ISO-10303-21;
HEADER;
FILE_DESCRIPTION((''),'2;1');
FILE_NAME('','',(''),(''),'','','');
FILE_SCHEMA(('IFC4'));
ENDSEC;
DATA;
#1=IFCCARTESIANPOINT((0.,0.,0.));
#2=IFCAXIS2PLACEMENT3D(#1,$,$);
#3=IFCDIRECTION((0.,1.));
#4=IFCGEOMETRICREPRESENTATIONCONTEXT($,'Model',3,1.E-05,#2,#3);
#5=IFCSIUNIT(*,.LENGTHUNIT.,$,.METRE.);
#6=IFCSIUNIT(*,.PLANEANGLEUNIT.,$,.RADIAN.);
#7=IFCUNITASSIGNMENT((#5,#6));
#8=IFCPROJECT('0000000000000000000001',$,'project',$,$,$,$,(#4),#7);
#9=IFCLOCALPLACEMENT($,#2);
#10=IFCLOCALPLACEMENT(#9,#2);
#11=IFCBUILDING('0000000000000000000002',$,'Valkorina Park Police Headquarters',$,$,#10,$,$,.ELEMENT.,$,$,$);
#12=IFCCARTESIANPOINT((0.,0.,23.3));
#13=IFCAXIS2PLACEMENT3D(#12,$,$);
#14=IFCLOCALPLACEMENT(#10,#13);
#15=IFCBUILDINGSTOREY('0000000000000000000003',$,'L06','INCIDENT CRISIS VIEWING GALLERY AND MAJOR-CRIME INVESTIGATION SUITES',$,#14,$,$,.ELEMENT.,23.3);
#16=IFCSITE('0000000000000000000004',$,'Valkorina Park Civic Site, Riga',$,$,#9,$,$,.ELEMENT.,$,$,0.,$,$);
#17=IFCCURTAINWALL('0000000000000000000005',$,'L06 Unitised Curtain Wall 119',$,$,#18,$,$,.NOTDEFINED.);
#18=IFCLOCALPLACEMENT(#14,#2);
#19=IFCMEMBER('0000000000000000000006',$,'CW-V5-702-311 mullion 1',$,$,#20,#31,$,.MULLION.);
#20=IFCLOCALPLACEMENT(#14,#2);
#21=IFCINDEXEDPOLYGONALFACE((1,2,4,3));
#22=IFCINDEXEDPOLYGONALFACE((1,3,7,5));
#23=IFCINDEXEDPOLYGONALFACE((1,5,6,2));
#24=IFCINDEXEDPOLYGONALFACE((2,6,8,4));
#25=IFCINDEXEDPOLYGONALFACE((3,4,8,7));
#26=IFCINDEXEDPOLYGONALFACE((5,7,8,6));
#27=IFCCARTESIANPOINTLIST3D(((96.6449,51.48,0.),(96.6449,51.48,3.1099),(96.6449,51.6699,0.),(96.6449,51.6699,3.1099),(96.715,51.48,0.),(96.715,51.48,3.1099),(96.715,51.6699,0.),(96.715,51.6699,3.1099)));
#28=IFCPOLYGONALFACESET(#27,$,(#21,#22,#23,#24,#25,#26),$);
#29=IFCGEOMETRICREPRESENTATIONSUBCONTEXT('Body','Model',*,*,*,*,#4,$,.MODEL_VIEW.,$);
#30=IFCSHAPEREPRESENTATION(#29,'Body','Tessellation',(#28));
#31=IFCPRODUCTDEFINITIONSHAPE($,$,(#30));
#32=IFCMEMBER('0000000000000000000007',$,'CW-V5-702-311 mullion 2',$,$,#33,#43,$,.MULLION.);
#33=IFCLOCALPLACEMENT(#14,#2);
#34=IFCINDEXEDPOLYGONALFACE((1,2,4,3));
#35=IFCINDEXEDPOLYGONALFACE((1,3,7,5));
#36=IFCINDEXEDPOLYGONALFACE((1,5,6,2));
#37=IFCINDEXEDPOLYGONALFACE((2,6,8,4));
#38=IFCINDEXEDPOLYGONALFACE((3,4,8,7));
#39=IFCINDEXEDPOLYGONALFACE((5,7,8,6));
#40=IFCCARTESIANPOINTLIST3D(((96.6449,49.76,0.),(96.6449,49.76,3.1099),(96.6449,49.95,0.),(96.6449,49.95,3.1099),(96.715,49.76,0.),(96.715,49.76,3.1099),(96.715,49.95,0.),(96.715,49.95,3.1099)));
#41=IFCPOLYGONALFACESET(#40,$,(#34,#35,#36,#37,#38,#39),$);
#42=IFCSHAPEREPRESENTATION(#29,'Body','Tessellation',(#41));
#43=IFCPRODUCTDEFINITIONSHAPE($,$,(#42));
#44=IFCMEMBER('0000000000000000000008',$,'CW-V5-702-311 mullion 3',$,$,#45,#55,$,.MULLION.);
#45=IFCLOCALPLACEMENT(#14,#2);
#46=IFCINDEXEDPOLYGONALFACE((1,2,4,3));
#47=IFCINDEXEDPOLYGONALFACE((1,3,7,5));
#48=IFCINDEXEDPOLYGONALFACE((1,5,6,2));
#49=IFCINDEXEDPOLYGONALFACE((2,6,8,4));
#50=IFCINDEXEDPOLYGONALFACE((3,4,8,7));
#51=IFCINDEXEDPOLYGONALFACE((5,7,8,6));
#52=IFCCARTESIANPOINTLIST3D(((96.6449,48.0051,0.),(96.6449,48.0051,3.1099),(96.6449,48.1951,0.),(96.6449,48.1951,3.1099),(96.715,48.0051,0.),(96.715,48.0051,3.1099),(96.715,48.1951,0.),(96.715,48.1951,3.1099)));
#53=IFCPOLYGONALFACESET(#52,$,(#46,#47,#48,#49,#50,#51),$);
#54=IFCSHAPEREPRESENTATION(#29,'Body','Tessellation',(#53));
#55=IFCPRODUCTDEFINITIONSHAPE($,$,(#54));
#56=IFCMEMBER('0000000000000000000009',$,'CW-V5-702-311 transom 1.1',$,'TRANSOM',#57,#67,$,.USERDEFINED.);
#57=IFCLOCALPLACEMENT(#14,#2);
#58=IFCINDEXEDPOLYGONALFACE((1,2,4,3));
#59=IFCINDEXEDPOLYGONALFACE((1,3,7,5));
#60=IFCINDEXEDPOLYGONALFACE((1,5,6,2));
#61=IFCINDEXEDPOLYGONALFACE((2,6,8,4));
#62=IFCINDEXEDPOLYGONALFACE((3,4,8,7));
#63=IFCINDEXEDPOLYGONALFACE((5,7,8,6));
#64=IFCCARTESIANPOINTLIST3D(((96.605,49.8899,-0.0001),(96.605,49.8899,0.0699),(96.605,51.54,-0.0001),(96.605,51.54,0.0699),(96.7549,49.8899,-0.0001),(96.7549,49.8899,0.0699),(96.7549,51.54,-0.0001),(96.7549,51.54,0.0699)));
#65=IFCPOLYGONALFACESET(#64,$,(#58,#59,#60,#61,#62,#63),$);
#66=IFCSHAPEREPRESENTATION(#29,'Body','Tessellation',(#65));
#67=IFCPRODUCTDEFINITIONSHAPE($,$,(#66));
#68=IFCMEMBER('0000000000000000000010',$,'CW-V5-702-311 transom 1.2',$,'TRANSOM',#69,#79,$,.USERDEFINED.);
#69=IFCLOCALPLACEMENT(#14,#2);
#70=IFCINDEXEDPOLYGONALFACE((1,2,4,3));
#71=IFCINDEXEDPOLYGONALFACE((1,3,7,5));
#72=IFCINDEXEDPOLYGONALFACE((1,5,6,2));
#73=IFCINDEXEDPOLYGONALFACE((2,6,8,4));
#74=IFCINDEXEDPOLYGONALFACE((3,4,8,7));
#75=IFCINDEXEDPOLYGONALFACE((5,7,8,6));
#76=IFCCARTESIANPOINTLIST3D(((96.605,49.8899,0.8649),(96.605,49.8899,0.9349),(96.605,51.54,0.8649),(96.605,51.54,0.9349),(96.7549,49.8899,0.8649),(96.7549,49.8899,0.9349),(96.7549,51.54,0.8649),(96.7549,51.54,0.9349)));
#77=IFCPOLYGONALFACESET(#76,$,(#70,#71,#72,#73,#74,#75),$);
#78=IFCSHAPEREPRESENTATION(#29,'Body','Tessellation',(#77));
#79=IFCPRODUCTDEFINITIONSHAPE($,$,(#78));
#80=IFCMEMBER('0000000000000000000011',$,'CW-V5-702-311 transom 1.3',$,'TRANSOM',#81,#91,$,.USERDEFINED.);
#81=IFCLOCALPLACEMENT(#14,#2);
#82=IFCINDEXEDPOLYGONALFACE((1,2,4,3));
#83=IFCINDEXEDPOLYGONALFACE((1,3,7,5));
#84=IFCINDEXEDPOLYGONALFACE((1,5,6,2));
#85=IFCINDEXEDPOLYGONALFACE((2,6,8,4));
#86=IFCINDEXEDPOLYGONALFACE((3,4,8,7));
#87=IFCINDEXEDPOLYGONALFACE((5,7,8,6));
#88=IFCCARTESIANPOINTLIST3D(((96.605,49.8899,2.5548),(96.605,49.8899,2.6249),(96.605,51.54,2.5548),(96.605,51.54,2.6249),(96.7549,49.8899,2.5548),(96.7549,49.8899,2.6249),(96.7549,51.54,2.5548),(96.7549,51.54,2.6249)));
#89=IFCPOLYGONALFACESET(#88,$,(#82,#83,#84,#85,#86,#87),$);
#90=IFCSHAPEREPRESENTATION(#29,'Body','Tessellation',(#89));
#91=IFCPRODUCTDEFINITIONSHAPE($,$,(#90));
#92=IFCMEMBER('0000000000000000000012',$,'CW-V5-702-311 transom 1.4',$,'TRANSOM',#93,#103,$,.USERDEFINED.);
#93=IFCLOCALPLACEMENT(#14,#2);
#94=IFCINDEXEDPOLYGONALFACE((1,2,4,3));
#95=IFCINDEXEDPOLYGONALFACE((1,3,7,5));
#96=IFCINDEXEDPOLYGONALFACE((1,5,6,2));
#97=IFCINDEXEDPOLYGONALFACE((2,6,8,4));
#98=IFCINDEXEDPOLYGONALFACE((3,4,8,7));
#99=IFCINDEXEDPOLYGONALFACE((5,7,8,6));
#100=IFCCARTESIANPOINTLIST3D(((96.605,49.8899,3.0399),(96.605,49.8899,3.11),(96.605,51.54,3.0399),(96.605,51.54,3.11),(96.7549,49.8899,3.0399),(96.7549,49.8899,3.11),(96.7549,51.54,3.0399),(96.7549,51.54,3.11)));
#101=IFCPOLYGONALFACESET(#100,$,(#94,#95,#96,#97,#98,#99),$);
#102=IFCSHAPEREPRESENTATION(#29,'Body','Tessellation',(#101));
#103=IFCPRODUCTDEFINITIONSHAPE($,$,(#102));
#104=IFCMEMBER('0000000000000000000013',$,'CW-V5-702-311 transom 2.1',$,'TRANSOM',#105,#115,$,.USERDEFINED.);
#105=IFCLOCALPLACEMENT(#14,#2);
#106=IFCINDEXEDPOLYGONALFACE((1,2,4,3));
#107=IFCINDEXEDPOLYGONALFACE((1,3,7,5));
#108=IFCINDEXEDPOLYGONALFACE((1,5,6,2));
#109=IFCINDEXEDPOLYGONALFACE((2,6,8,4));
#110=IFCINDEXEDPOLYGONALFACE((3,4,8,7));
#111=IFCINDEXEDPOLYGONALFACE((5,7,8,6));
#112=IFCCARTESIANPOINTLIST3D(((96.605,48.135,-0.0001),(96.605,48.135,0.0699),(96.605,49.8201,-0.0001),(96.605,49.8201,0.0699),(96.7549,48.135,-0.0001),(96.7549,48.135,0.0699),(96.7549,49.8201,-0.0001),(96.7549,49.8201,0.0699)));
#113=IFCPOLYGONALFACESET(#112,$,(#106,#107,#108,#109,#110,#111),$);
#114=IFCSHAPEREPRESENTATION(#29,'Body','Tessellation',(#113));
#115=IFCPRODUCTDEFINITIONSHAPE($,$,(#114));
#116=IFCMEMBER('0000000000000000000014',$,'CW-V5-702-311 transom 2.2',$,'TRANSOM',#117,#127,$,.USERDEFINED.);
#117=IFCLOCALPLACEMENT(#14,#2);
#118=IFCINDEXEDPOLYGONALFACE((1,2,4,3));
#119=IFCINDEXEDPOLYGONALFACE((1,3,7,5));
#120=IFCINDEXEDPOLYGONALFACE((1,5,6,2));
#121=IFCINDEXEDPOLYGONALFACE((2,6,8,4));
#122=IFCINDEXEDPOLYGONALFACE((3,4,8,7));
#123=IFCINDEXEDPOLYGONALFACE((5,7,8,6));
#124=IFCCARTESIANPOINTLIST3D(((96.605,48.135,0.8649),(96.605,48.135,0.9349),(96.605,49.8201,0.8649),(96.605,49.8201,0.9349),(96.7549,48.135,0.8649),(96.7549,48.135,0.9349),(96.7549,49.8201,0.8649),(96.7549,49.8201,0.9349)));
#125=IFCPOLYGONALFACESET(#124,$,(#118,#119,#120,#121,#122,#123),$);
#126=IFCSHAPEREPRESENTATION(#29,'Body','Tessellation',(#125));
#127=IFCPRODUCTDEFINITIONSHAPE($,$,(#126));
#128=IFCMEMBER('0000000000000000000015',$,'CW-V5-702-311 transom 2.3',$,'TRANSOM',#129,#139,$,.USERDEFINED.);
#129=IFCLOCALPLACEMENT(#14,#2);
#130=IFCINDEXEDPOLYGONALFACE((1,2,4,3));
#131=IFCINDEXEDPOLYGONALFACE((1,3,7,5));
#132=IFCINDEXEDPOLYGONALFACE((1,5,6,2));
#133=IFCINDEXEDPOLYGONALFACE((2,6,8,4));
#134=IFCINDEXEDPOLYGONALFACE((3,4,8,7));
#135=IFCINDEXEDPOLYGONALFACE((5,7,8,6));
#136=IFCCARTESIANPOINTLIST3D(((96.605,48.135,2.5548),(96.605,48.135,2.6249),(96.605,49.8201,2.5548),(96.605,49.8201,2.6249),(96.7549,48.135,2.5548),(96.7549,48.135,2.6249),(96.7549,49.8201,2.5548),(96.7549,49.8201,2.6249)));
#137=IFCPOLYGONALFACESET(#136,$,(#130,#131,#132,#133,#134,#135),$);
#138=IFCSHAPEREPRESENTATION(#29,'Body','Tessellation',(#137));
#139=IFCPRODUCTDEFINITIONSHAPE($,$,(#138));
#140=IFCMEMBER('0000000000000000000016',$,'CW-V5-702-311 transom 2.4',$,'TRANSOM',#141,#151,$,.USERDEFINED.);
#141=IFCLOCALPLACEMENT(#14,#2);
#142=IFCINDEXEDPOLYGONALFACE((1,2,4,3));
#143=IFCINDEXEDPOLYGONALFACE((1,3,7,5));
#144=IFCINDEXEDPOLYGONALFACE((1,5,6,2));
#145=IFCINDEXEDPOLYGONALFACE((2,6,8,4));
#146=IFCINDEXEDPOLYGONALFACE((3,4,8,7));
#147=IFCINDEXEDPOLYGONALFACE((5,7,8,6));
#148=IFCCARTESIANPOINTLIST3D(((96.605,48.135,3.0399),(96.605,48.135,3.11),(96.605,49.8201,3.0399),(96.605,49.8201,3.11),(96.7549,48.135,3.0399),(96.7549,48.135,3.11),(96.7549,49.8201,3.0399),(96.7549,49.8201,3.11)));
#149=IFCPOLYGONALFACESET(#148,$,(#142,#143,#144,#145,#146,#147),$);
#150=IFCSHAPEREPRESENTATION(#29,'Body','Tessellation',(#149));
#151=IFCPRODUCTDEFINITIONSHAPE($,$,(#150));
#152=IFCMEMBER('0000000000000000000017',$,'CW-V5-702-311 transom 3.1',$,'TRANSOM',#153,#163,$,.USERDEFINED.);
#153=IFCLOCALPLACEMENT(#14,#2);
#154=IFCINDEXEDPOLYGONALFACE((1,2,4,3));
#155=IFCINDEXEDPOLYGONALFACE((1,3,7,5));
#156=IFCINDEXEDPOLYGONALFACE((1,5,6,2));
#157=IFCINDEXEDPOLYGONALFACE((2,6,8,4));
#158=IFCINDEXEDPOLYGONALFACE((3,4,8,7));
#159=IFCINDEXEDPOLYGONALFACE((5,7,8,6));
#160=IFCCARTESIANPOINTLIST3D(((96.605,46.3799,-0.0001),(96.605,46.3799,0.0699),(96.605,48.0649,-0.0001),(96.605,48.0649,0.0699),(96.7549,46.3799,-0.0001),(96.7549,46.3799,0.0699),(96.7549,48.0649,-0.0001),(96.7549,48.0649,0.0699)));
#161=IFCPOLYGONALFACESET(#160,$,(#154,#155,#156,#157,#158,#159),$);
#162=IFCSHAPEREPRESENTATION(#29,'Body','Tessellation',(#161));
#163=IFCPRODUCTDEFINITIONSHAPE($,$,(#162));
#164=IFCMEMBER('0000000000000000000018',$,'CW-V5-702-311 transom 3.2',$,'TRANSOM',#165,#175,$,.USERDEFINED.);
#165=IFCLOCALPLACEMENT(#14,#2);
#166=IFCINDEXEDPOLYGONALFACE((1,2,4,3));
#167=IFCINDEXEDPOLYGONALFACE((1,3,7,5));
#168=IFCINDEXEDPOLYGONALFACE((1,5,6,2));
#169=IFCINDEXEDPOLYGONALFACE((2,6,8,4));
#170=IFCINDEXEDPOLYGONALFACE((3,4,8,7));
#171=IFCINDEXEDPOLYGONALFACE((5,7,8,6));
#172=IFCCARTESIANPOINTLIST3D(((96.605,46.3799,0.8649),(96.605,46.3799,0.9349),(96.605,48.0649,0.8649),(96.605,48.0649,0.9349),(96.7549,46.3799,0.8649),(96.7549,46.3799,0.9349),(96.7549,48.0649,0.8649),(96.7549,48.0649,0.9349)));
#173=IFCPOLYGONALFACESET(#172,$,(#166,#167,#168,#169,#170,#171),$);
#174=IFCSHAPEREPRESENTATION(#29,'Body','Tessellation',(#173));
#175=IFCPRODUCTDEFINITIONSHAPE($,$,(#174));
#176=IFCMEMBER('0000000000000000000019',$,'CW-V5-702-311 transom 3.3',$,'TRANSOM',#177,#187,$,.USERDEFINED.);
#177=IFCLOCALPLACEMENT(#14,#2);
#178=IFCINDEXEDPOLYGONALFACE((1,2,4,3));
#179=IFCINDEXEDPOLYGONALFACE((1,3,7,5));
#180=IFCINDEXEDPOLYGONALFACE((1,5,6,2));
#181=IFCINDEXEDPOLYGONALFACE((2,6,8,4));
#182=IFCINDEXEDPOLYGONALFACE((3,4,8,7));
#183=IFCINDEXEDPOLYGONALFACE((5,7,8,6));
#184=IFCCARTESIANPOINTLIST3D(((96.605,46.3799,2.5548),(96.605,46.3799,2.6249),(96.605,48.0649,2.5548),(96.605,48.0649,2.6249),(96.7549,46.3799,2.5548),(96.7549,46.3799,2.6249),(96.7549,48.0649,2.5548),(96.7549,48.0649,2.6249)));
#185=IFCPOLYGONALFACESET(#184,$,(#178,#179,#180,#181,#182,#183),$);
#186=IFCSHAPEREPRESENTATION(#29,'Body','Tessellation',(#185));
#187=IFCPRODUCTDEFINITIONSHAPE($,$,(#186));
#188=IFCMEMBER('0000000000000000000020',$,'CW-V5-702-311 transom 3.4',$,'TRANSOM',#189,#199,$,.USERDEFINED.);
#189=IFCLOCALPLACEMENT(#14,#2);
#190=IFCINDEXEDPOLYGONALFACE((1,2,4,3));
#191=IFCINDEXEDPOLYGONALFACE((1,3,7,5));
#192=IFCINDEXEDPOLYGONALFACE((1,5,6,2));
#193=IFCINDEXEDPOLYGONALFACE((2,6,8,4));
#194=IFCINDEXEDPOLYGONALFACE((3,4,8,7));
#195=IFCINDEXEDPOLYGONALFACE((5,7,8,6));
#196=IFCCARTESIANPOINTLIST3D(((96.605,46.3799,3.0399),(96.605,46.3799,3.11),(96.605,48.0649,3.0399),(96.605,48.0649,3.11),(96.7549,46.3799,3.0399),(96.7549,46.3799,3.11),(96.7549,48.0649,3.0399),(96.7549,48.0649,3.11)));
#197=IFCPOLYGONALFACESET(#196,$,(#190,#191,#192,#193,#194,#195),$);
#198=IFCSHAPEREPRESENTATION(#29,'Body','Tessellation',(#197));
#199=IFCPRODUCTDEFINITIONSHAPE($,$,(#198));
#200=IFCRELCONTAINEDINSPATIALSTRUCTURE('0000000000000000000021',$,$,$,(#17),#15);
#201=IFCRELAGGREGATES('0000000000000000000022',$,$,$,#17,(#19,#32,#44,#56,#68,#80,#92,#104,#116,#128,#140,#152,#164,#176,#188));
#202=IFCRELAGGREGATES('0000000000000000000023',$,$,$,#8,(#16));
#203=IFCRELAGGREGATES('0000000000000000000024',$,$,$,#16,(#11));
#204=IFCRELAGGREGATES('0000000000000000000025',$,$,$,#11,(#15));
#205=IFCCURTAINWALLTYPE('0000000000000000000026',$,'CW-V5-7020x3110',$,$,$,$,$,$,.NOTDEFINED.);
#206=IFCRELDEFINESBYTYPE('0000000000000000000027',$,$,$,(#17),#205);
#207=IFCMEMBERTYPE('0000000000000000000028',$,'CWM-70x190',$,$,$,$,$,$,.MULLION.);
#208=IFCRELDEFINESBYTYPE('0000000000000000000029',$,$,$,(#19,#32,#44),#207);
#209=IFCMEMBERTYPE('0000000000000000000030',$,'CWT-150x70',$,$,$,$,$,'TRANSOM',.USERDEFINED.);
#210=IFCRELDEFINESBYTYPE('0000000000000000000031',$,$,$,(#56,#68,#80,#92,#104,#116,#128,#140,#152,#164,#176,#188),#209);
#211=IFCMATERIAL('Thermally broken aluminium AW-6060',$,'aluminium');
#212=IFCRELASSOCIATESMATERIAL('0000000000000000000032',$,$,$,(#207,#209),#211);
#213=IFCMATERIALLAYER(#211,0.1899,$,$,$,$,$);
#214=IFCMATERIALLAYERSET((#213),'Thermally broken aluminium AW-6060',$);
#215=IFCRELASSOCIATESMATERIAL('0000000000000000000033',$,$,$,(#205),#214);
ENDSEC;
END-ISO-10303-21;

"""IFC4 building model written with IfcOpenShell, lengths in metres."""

from ifc_helpers import new_model, si_unit, direction, frame, origin, origin_2d, place, context, subcontext, project, spatial, rectangle, extrude, material, layer, layer_set, material_profile, profile_set, type_object, element, aggregate, save


model = new_model("IFC4")

# Units and contexts
model_context = context("Model", 3, precision=1e-05, world=origin(), true_north=direction((0.0, 1.0)))
body_context = subcontext(model_context, "Body", "Model", "MODEL_VIEW")
ifc_project = project(units=[si_unit("LENGTHUNIT", "METRE"), si_unit("PLANEANGLEUNIT", "RADIAN")], contexts=[model_context])

# Site, building, storey
site_placement = place(None, origin())
site = spatial("IfcSite", under=ifc_project, at=site_placement, Name="Valkorina Park Civic Site, Riga", CompositionType="ELEMENT", RefElevation=0.0)
building_placement = place(site_placement, origin())
building = spatial("IfcBuilding", under=site, at=building_placement, Name="Valkorina Park Police Headquarters", CompositionType="ELEMENT")
storey_placement = place(building_placement, frame((0.0, 0.0, 23.3)))
storey = spatial("IfcBuildingStorey", under=building, at=storey_placement, Name="L06", Description="INCIDENT CRISIS VIEWING GALLERY AND MAJOR-CRIME INVESTIGATION SUITES", CompositionType="ELEMENT", Elevation=23.3)

# Shared definitions
ifc_material_1 = material(Name="Thermally broken aluminium AW-6060", Category="aluminium")
ifc_material_profile_1 = material_profile(ifc_material_1, rectangle(XDim=0.0701, YDim=0.1899, at=origin_2d()), Name="CWM-02 70x190")
ifc_profile_set_1 = profile_set([ifc_material_profile_1], Name="Thermally broken aluminium AW-6060")
member_type_1 = type_object("IfcMemberType", Name="CWM-70x190", PredefinedType="MULLION", material=ifc_profile_set_1)

# Curtain wall, members
ifc_layer_1 = layer(ifc_material_1, 0.1899)
ifc_layer_set_1 = layer_set([ifc_layer_1], Name="Thermally broken aluminium AW-6060")
curtain_wall_type_1 = type_object("IfcCurtainWallType", Name="CW-V5-7020x3110", PredefinedType="NOTDEFINED", material=ifc_layer_set_1)
curtain_wall_1_placement = place(storey_placement, origin())
curtain_wall_1 = element("IfcCurtainWall", 1, at=curtain_wall_1_placement, inside=storey, type_object=curtain_wall_type_1, Name="L06 Unitised Curtain Wall 119", PredefinedType="NOTDEFINED")
member_1_placement = place(storey_placement, frame((96.6799, 51.575, 0.0), z_axis=(0.0, 0.0, 1.0), x_axis=(1.0, 0.0, 0.0)))
member_1 = element("IfcMember", 2, at=member_1_placement, type_object=member_type_1, Name="CW-V5-702-311 mullion 1", PredefinedType="MULLION", context=body_context, shape_type="SweptSolid", body=[
    extrude(rectangle(XDim=0.0701, YDim=0.1899, at=origin_2d()), origin(), (0.0, 0.0, 1.0), 3.1099),
])
member_2_placement = place(storey_placement, frame((96.6799, 49.855, 0.0), z_axis=(0.0, 0.0, 1.0), x_axis=(1.0, 0.0, 0.0)))
member_2 = element("IfcMember", 3, at=member_2_placement, type_object=member_type_1, Name="CW-V5-702-311 mullion 2", PredefinedType="MULLION", context=body_context, shape_type="SweptSolid", body=[
    extrude(rectangle(XDim=0.0701, YDim=0.1899, at=origin_2d()), origin(), (0.0, 0.0, 1.0), 3.1099),
])
member_3_placement = place(storey_placement, frame((96.6799, 48.1001, 0.0), z_axis=(0.0, 0.0, 1.0), x_axis=(1.0, 0.0, 0.0)))
member_3 = element("IfcMember", 4, at=member_3_placement, type_object=member_type_1, Name="CW-V5-702-311 mullion 3", PredefinedType="MULLION", context=body_context, shape_type="SweptSolid", body=[
    extrude(rectangle(XDim=0.0701, YDim=0.1899, at=origin_2d()), origin(), (0.0, 0.0, 1.0), 3.1099),
])
ifc_material_profile_2 = material_profile(ifc_material_1, rectangle(XDim=0.1499, YDim=0.0701, at=origin_2d()), Name="CWT-02 150x70")
ifc_profile_set_2 = profile_set([ifc_material_profile_2], Name="Thermally broken aluminium AW-6060")
member_type_2 = type_object("IfcMemberType", Name="CWT-150x70", ElementType="TRANSOM", PredefinedType="USERDEFINED", material=ifc_profile_set_2)
member_4_placement = place(storey_placement, frame((96.6799, 51.54, 0.0349), z_axis=(0.0, -1.0, 0.0), x_axis=(1.0, 0.0, 0.0)))
member_4 = element("IfcMember", 5, at=member_4_placement, type_object=member_type_2, Name="CW-V5-702-311 transom 1.1", ObjectType="TRANSOM", PredefinedType="USERDEFINED", context=body_context, shape_type="SweptSolid", body=[
    extrude(rectangle(XDim=0.1499, YDim=0.0701, at=origin_2d()), origin(), (0.0, 0.0, 1.0), 1.6501),
])
member_5_placement = place(storey_placement, frame((96.6799, 51.54, 0.8999), z_axis=(0.0, -1.0, 0.0), x_axis=(1.0, 0.0, 0.0)))
member_5 = element("IfcMember", 6, at=member_5_placement, type_object=member_type_2, Name="CW-V5-702-311 transom 1.2", ObjectType="TRANSOM", PredefinedType="USERDEFINED", context=body_context, shape_type="SweptSolid", body=[
    extrude(rectangle(XDim=0.1499, YDim=0.0701, at=origin_2d()), origin(), (0.0, 0.0, 1.0), 1.6501),
])
member_6_placement = place(storey_placement, frame((96.6799, 51.54, 2.5898), z_axis=(0.0, -1.0, 0.0), x_axis=(1.0, 0.0, 0.0)))
member_6 = element("IfcMember", 7, at=member_6_placement, type_object=member_type_2, Name="CW-V5-702-311 transom 1.3", ObjectType="TRANSOM", PredefinedType="USERDEFINED", context=body_context, shape_type="SweptSolid", body=[
    extrude(rectangle(XDim=0.1499, YDim=0.0701, at=origin_2d()), origin(), (0.0, 0.0, 1.0), 1.6501),
])
member_7_placement = place(storey_placement, frame((96.6799, 51.54, 3.075), z_axis=(0.0, -1.0, 0.0), x_axis=(1.0, 0.0, 0.0)))
member_7 = element("IfcMember", 8, at=member_7_placement, type_object=member_type_2, Name="CW-V5-702-311 transom 1.4", ObjectType="TRANSOM", PredefinedType="USERDEFINED", context=body_context, shape_type="SweptSolid", body=[
    extrude(rectangle(XDim=0.1499, YDim=0.0701, at=origin_2d()), origin(), (0.0, 0.0, 1.0), 1.6501),
])
member_8_placement = place(storey_placement, frame((96.6799, 49.8201, 0.0349), z_axis=(0.0, -1.0, 0.0), x_axis=(1.0, 0.0, 0.0)))
member_8 = element("IfcMember", 9, at=member_8_placement, type_object=member_type_2, Name="CW-V5-702-311 transom 2.1", ObjectType="TRANSOM", PredefinedType="USERDEFINED", context=body_context, shape_type="SweptSolid", body=[
    extrude(rectangle(XDim=0.1499, YDim=0.0701, at=origin_2d()), origin(), (0.0, 0.0, 1.0), 1.6851),
])
member_9_placement = place(storey_placement, frame((96.6799, 49.8201, 0.8999), z_axis=(0.0, -1.0, 0.0), x_axis=(1.0, 0.0, 0.0)))
member_9 = element("IfcMember", 10, at=member_9_placement, type_object=member_type_2, Name="CW-V5-702-311 transom 2.2", ObjectType="TRANSOM", PredefinedType="USERDEFINED", context=body_context, shape_type="SweptSolid", body=[
    extrude(rectangle(XDim=0.1499, YDim=0.0701, at=origin_2d()), origin(), (0.0, 0.0, 1.0), 1.6851),
])
member_10_placement = place(storey_placement, frame((96.6799, 49.8201, 2.5898), z_axis=(0.0, -1.0, 0.0), x_axis=(1.0, 0.0, 0.0)))
member_10 = element("IfcMember", 11, at=member_10_placement, type_object=member_type_2, Name="CW-V5-702-311 transom 2.3", ObjectType="TRANSOM", PredefinedType="USERDEFINED", context=body_context, shape_type="SweptSolid", body=[
    extrude(rectangle(XDim=0.1499, YDim=0.0701, at=origin_2d()), origin(), (0.0, 0.0, 1.0), 1.6851),
])
member_11_placement = place(storey_placement, frame((96.6799, 49.8201, 3.075), z_axis=(0.0, -1.0, 0.0), x_axis=(1.0, 0.0, 0.0)))
member_11 = element("IfcMember", 12, at=member_11_placement, type_object=member_type_2, Name="CW-V5-702-311 transom 2.4", ObjectType="TRANSOM", PredefinedType="USERDEFINED", context=body_context, shape_type="SweptSolid", body=[
    extrude(rectangle(XDim=0.1499, YDim=0.0701, at=origin_2d()), origin(), (0.0, 0.0, 1.0), 1.6851),
])
member_12_placement = place(storey_placement, frame((96.6799, 48.0649, 0.0349), z_axis=(0.0, -1.0, 0.0), x_axis=(1.0, 0.0, 0.0)))
member_12 = element("IfcMember", 13, at=member_12_placement, type_object=member_type_2, Name="CW-V5-702-311 transom 3.1", ObjectType="TRANSOM", PredefinedType="USERDEFINED", context=body_context, shape_type="SweptSolid", body=[
    extrude(rectangle(XDim=0.1499, YDim=0.0701, at=origin_2d()), origin(), (0.0, 0.0, 1.0), 1.6851),
])
member_13_placement = place(storey_placement, frame((96.6799, 48.0649, 0.8999), z_axis=(0.0, -1.0, 0.0), x_axis=(1.0, 0.0, 0.0)))
member_13 = element("IfcMember", 14, at=member_13_placement, type_object=member_type_2, Name="CW-V5-702-311 transom 3.2", ObjectType="TRANSOM", PredefinedType="USERDEFINED", context=body_context, shape_type="SweptSolid", body=[
    extrude(rectangle(XDim=0.1499, YDim=0.0701, at=origin_2d()), origin(), (0.0, 0.0, 1.0), 1.6851),
])
member_14_placement = place(storey_placement, frame((96.6799, 48.0649, 2.5898), z_axis=(0.0, -1.0, 0.0), x_axis=(1.0, 0.0, 0.0)))
member_14 = element("IfcMember", 15, at=member_14_placement, type_object=member_type_2, Name="CW-V5-702-311 transom 3.3", ObjectType="TRANSOM", PredefinedType="USERDEFINED", context=body_context, shape_type="SweptSolid", body=[
    extrude(rectangle(XDim=0.1499, YDim=0.0701, at=origin_2d()), origin(), (0.0, 0.0, 1.0), 1.6851),
])
member_15_placement = place(storey_placement, frame((96.6799, 48.0649, 3.075), z_axis=(0.0, -1.0, 0.0), x_axis=(1.0, 0.0, 0.0)))
member_15 = element("IfcMember", 16, at=member_15_placement, type_object=member_type_2, Name="CW-V5-702-311 transom 3.4", ObjectType="TRANSOM", PredefinedType="USERDEFINED", context=body_context, shape_type="SweptSolid", body=[
    extrude(rectangle(XDim=0.1499, YDim=0.0701, at=origin_2d()), origin(), (0.0, 0.0, 1.0), 1.6851),
])
aggregate(curtain_wall_1, [member_1, member_2, member_3, member_4, member_5, member_6, member_7, member_8, member_9, member_10, member_11, member_12, member_13, member_14, member_15])

save(model, "model.ifc")
